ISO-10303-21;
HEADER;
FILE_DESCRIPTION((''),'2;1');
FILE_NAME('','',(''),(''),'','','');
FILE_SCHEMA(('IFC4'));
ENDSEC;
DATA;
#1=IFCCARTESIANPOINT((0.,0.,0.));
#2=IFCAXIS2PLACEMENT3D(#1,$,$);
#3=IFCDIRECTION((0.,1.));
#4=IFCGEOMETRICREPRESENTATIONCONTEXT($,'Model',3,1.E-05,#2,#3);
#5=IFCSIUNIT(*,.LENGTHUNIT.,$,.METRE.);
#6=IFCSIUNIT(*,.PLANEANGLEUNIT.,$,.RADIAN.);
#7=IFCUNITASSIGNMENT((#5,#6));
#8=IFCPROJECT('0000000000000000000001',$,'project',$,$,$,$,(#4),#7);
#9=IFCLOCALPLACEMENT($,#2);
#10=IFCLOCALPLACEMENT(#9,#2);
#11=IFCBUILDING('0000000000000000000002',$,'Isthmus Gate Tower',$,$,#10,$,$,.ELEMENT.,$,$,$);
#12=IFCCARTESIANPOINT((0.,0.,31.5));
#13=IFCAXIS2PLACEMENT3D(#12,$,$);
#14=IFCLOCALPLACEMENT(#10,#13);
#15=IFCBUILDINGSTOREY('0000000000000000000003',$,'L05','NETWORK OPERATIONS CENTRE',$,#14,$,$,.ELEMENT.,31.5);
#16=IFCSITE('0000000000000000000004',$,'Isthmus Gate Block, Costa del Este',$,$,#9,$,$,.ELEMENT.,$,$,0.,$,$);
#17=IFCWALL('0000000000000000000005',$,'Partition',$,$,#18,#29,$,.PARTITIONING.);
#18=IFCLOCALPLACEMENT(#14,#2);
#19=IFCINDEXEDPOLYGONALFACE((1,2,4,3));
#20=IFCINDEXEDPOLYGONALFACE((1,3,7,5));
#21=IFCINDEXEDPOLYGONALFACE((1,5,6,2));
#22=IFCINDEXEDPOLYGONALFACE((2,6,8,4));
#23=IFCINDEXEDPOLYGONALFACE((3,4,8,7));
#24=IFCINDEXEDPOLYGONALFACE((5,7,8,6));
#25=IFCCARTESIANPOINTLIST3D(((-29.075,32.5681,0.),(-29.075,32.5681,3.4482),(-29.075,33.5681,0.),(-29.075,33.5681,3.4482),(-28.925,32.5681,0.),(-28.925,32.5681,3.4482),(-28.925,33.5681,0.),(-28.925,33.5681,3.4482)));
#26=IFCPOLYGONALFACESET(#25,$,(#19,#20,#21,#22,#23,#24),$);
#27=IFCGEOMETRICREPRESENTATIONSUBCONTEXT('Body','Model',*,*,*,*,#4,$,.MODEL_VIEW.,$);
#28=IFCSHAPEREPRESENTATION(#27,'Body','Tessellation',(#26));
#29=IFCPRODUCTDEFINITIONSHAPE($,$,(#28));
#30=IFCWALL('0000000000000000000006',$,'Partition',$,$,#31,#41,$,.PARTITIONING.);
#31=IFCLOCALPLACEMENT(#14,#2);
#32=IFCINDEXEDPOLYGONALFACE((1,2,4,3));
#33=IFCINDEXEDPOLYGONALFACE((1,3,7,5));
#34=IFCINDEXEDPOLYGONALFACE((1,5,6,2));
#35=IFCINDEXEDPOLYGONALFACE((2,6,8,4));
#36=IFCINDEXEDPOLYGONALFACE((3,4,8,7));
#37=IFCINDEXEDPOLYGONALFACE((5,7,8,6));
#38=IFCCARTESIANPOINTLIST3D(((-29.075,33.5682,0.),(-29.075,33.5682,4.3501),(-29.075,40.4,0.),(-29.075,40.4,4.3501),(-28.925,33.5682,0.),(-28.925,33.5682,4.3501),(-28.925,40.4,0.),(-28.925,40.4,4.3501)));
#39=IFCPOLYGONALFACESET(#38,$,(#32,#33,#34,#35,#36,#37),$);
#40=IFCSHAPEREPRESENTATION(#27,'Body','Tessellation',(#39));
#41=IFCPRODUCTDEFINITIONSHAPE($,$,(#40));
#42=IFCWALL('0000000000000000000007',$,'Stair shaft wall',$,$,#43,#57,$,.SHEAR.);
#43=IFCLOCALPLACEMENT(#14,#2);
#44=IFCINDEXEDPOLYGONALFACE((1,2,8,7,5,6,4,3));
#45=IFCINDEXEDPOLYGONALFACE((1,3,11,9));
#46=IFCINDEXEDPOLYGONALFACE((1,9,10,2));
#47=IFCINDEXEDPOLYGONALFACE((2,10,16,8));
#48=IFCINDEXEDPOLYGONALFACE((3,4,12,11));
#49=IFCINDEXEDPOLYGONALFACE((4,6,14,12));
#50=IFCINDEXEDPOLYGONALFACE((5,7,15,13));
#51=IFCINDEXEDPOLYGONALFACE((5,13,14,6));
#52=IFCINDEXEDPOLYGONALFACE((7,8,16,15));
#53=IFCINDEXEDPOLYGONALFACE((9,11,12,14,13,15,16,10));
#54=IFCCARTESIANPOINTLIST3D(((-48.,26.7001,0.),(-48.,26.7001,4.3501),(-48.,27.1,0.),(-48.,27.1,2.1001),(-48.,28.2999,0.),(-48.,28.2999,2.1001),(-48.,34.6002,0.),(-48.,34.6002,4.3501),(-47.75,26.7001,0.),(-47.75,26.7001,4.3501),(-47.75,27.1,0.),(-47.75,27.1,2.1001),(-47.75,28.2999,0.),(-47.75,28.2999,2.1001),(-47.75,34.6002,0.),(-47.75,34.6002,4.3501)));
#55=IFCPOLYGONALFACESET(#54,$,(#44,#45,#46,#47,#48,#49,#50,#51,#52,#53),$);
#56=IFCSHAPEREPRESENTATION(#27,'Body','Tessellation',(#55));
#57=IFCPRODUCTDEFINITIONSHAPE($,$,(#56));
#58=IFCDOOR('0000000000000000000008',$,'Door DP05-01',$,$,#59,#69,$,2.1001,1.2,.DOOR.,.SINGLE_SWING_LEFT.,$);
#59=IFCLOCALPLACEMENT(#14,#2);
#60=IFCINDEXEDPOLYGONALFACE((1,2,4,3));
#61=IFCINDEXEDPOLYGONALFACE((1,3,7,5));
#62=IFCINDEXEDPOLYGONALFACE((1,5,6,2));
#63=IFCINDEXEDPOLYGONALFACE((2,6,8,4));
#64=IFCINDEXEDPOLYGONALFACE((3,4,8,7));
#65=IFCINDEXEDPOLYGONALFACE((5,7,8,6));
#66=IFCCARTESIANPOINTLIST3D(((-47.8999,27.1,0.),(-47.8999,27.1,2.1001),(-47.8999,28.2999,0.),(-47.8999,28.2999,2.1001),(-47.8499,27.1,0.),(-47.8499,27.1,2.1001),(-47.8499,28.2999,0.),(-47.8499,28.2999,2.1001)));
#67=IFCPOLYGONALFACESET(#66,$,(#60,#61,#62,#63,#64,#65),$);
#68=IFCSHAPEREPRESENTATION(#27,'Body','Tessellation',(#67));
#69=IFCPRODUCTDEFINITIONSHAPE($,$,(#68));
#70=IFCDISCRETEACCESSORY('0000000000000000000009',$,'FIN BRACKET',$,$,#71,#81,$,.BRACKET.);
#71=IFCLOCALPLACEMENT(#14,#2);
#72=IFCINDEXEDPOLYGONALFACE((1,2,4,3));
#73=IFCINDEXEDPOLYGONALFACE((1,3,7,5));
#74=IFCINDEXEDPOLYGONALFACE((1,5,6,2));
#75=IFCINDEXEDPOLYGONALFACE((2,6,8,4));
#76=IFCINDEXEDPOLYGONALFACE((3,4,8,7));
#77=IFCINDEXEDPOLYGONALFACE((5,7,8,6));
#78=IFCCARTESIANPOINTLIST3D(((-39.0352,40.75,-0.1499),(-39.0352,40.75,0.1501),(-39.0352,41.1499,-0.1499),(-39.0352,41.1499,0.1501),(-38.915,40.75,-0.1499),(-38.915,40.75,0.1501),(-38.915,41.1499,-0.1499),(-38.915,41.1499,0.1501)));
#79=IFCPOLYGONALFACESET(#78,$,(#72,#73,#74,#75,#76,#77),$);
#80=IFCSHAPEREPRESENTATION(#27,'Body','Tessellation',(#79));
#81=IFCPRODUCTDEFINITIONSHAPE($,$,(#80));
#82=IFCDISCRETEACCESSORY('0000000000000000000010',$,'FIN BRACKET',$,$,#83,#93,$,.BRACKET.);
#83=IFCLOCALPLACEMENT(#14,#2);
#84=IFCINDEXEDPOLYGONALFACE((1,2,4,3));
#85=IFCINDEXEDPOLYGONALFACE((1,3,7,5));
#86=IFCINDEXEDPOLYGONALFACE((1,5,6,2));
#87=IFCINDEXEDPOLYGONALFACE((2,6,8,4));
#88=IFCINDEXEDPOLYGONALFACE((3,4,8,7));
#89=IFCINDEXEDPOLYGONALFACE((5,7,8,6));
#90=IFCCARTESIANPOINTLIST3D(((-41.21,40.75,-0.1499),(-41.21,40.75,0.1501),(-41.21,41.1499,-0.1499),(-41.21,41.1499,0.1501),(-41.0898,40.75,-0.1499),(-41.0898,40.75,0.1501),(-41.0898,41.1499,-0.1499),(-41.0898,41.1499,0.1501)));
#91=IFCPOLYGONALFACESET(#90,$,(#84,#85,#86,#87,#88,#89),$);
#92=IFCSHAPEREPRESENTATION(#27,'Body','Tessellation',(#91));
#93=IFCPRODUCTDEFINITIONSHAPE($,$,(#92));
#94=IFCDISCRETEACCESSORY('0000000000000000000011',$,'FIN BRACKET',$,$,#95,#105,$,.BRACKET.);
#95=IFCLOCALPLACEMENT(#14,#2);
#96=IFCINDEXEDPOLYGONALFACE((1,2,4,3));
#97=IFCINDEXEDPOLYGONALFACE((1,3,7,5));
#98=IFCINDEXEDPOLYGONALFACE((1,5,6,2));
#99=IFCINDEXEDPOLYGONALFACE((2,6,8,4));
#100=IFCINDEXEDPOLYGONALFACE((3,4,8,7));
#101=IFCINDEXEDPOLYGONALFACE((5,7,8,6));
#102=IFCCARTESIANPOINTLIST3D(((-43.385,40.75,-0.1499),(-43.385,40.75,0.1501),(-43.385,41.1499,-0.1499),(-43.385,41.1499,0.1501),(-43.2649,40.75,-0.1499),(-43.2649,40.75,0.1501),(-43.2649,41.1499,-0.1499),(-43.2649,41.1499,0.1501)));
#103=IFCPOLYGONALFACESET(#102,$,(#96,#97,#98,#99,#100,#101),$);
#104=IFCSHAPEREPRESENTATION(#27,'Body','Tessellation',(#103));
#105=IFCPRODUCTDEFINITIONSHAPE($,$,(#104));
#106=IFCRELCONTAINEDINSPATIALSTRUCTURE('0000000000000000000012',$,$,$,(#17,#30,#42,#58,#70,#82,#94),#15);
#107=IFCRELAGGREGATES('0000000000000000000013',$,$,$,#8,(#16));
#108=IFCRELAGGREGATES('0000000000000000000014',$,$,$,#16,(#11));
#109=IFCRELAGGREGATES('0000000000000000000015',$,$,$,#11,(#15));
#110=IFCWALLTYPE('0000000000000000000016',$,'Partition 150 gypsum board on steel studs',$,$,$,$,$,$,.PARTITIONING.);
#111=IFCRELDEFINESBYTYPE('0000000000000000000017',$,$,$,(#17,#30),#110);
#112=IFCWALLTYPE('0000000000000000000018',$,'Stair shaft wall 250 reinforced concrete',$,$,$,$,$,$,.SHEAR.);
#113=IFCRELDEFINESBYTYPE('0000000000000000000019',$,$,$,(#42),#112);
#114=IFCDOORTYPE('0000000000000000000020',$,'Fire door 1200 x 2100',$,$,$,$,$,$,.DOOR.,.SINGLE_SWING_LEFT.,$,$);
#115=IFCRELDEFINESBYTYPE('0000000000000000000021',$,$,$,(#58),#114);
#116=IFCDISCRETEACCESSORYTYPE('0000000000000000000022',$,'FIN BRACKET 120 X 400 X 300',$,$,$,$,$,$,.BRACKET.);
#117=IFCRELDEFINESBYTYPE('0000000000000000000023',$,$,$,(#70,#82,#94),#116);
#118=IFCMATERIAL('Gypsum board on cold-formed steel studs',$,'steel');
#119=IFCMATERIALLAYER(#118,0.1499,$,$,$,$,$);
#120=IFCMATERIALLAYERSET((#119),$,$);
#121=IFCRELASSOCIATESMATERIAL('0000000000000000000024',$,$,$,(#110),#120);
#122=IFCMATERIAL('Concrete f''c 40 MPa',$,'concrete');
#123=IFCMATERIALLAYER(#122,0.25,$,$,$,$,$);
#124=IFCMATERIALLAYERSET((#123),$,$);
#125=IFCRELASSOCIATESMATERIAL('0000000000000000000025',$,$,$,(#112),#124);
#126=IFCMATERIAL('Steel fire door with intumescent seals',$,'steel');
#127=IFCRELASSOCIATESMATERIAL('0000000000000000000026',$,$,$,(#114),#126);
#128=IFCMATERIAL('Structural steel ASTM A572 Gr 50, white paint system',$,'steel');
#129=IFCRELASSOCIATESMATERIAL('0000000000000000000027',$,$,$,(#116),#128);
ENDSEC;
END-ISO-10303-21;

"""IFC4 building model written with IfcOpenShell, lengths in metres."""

from ifc_helpers import new_model, si_unit, direction, frame, frame_2d, origin, origin_2d, place, context, subcontext, project, spatial, rectangle, extrude, material, layer, layer_set, type_object, element, fill, save


model = new_model("IFC4")

# Units and contexts
model_context = context("Model", 3, precision=1e-05, world=origin(), true_north=direction((0.0, 1.0)))
body_context = subcontext(model_context, "Body", "Model", "MODEL_VIEW")
ifc_project = project(units=[si_unit("LENGTHUNIT", "METRE"), si_unit("PLANEANGLEUNIT", "RADIAN")], contexts=[model_context])

# Site, building, storey
site_placement = place(None, origin())
site = spatial("IfcSite", under=ifc_project, at=site_placement, Name="Isthmus Gate Block, Costa del Este", CompositionType="ELEMENT", RefElevation=0.0)
building_placement = place(site_placement, origin())
building = spatial("IfcBuilding", under=site, at=building_placement, Name="Isthmus Gate Tower", CompositionType="ELEMENT")
storey_placement = place(building_placement, frame((0.0, 0.0, 31.5)))
storey = spatial("IfcBuildingStorey", under=building, at=storey_placement, Name="L05", Description="NETWORK OPERATIONS CENTRE", CompositionType="ELEMENT", Elevation=31.5)

# Walls
ifc_material_1 = material(Name="Gypsum board on cold-formed steel studs", Category="steel")
ifc_layer_1 = layer(ifc_material_1, 0.1499)
ifc_layer_set_1 = layer_set([ifc_layer_1])
wall_type_1 = type_object("IfcWallType", Name="Partition 150 gypsum board on steel studs", PredefinedType="PARTITIONING", material=ifc_layer_set_1)
wall_1_placement = place(storey_placement, frame((-29.0, 32.5681, 0.0), z_axis=(0.0, 0.0, 1.0), x_axis=(0.0, 1.0, 0.0)))
element("IfcWall", 1, at=wall_1_placement, inside=storey, type_object=wall_type_1, Name="Partition", PredefinedType="PARTITIONING", context=body_context, shape_type="SweptSolid", body=[
    extrude(rectangle(XDim=1.0, YDim=0.1499, at=frame_2d((0.5, 0.0))), origin(), (0.0, 0.0, 1.0), 3.4482),
])
wall_2_placement = place(storey_placement, frame((-29.0, 33.5681, 0.0), z_axis=(0.0, 0.0, 1.0), x_axis=(0.0, 1.0, 0.0)))
element("IfcWall", 2, at=wall_2_placement, inside=storey, type_object=wall_type_1, Name="Partition", PredefinedType="PARTITIONING", context=body_context, shape_type="SweptSolid", body=[
    extrude(rectangle(XDim=6.8318, YDim=0.1499, at=frame_2d((3.416, 0.0))), origin(), (0.0, 0.0, 1.0), 4.3501),
])

# Wall, opening, door
ifc_material_2 = material(Name="Concrete f'c 40 MPa", Category="concrete")
ifc_layer_2 = layer(ifc_material_2, 0.25)
ifc_layer_set_2 = layer_set([ifc_layer_2])
wall_type_2 = type_object("IfcWallType", Name="Stair shaft wall 250 reinforced concrete", PredefinedType="SHEAR", material=ifc_layer_set_2)
wall_3_placement = place(storey_placement, frame((-47.875, 26.7, 0.0), z_axis=(0.0, 0.0, 1.0), x_axis=(0.0, 1.0, 0.0)))
wall_3 = element("IfcWall", 3, at=wall_3_placement, inside=storey, type_object=wall_type_2, Name="Stair shaft wall", PredefinedType="SHEAR", context=body_context, shape_type="SweptSolid", body=[
    extrude(rectangle(XDim=7.9001, YDim=0.25, at=frame_2d((3.9502, 0.0))), origin(), (0.0, 0.0, 1.0), 4.3501),
])
opening_1_placement = place(wall_3_placement, frame((0.3999, 0.0, 0.0)))
opening_1 = element("IfcOpeningElement", 4, at=opening_1_placement, cuts=wall_3, PredefinedType="OPENING", context=body_context, shape_type="SweptSolid", body=[
    extrude(rectangle(XDim=1.2, YDim=2.1001, at=frame_2d((0.6001, 1.05))), frame((0.0, 0.135, 0.0), z_axis=(0.0, -1.0, 0.0), x_axis=(1.0, 0.0, 0.0)), (0.0, 0.0, 1.0), 0.27),
])
ifc_material_3 = material(Name="Steel fire door with intumescent seals", Category="steel")
door_type_1 = type_object("IfcDoorType", Name="Fire door 1200 x 2100", OperationType="SINGLE_SWING_LEFT", PredefinedType="DOOR", material=ifc_material_3)
door_1_placement = place(opening_1_placement, origin())
door_1 = element("IfcDoor", 5, at=door_1_placement, inside=storey, type_object=door_type_1, Name="Door DP05-01", OperationType="SINGLE_SWING_LEFT", OverallHeight=2.1001, OverallWidth=1.2, PredefinedType="DOOR", context=body_context, shape_type="SweptSolid", body=[
    extrude(rectangle(XDim=1.2, YDim=2.1001, at=frame_2d((0.6001, 1.05))), frame((0.0, 0.0249, 0.0), z_axis=(0.0, -1.0, 0.0), x_axis=(1.0, 0.0, 0.0)), (0.0, 0.0, 1.0), 0.05),
])
fill(opening_1, door_1)

# Discrete accessories
ifc_material_4 = material(Name="Structural steel ASTM A572 Gr 50, white paint system", Category="steel")
discrete_accessory_type = type_object("IfcDiscreteAccessoryType", Name="FIN BRACKET 120 X 400 X 300", PredefinedType="BRACKET", material=ifc_material_4)
for number, where, z_axis, x_axis, name in (
    (6, (-38.9751, 40.95, -0.1499), (0.0, 0.0, 1.0), (0.0, 1.0, 0.0), "FIN BRACKET"),
    (7, (-41.1499, 40.95, -0.1499), (0.0, 0.0, 1.0), (0.0, 1.0, 0.0), "FIN BRACKET"),
    (8, (-43.325, 40.95, -0.1499), (0.0, 0.0, 1.0), (0.0, 1.0, 0.0), "FIN BRACKET"),
):
    element("IfcDiscreteAccessory", number, at=place(storey_placement, frame(where, z_axis=z_axis, x_axis=x_axis)), inside=storey, type_object=discrete_accessory_type, Name=name, PredefinedType="BRACKET", context=body_context, shape_type="SweptSolid", body=[
        extrude(rectangle(XDim=0.3999, YDim=0.1201, at=origin_2d()), origin(), (0.0, 0.0, 1.0), 0.3),
    ])

save(model, "model.ifc")
